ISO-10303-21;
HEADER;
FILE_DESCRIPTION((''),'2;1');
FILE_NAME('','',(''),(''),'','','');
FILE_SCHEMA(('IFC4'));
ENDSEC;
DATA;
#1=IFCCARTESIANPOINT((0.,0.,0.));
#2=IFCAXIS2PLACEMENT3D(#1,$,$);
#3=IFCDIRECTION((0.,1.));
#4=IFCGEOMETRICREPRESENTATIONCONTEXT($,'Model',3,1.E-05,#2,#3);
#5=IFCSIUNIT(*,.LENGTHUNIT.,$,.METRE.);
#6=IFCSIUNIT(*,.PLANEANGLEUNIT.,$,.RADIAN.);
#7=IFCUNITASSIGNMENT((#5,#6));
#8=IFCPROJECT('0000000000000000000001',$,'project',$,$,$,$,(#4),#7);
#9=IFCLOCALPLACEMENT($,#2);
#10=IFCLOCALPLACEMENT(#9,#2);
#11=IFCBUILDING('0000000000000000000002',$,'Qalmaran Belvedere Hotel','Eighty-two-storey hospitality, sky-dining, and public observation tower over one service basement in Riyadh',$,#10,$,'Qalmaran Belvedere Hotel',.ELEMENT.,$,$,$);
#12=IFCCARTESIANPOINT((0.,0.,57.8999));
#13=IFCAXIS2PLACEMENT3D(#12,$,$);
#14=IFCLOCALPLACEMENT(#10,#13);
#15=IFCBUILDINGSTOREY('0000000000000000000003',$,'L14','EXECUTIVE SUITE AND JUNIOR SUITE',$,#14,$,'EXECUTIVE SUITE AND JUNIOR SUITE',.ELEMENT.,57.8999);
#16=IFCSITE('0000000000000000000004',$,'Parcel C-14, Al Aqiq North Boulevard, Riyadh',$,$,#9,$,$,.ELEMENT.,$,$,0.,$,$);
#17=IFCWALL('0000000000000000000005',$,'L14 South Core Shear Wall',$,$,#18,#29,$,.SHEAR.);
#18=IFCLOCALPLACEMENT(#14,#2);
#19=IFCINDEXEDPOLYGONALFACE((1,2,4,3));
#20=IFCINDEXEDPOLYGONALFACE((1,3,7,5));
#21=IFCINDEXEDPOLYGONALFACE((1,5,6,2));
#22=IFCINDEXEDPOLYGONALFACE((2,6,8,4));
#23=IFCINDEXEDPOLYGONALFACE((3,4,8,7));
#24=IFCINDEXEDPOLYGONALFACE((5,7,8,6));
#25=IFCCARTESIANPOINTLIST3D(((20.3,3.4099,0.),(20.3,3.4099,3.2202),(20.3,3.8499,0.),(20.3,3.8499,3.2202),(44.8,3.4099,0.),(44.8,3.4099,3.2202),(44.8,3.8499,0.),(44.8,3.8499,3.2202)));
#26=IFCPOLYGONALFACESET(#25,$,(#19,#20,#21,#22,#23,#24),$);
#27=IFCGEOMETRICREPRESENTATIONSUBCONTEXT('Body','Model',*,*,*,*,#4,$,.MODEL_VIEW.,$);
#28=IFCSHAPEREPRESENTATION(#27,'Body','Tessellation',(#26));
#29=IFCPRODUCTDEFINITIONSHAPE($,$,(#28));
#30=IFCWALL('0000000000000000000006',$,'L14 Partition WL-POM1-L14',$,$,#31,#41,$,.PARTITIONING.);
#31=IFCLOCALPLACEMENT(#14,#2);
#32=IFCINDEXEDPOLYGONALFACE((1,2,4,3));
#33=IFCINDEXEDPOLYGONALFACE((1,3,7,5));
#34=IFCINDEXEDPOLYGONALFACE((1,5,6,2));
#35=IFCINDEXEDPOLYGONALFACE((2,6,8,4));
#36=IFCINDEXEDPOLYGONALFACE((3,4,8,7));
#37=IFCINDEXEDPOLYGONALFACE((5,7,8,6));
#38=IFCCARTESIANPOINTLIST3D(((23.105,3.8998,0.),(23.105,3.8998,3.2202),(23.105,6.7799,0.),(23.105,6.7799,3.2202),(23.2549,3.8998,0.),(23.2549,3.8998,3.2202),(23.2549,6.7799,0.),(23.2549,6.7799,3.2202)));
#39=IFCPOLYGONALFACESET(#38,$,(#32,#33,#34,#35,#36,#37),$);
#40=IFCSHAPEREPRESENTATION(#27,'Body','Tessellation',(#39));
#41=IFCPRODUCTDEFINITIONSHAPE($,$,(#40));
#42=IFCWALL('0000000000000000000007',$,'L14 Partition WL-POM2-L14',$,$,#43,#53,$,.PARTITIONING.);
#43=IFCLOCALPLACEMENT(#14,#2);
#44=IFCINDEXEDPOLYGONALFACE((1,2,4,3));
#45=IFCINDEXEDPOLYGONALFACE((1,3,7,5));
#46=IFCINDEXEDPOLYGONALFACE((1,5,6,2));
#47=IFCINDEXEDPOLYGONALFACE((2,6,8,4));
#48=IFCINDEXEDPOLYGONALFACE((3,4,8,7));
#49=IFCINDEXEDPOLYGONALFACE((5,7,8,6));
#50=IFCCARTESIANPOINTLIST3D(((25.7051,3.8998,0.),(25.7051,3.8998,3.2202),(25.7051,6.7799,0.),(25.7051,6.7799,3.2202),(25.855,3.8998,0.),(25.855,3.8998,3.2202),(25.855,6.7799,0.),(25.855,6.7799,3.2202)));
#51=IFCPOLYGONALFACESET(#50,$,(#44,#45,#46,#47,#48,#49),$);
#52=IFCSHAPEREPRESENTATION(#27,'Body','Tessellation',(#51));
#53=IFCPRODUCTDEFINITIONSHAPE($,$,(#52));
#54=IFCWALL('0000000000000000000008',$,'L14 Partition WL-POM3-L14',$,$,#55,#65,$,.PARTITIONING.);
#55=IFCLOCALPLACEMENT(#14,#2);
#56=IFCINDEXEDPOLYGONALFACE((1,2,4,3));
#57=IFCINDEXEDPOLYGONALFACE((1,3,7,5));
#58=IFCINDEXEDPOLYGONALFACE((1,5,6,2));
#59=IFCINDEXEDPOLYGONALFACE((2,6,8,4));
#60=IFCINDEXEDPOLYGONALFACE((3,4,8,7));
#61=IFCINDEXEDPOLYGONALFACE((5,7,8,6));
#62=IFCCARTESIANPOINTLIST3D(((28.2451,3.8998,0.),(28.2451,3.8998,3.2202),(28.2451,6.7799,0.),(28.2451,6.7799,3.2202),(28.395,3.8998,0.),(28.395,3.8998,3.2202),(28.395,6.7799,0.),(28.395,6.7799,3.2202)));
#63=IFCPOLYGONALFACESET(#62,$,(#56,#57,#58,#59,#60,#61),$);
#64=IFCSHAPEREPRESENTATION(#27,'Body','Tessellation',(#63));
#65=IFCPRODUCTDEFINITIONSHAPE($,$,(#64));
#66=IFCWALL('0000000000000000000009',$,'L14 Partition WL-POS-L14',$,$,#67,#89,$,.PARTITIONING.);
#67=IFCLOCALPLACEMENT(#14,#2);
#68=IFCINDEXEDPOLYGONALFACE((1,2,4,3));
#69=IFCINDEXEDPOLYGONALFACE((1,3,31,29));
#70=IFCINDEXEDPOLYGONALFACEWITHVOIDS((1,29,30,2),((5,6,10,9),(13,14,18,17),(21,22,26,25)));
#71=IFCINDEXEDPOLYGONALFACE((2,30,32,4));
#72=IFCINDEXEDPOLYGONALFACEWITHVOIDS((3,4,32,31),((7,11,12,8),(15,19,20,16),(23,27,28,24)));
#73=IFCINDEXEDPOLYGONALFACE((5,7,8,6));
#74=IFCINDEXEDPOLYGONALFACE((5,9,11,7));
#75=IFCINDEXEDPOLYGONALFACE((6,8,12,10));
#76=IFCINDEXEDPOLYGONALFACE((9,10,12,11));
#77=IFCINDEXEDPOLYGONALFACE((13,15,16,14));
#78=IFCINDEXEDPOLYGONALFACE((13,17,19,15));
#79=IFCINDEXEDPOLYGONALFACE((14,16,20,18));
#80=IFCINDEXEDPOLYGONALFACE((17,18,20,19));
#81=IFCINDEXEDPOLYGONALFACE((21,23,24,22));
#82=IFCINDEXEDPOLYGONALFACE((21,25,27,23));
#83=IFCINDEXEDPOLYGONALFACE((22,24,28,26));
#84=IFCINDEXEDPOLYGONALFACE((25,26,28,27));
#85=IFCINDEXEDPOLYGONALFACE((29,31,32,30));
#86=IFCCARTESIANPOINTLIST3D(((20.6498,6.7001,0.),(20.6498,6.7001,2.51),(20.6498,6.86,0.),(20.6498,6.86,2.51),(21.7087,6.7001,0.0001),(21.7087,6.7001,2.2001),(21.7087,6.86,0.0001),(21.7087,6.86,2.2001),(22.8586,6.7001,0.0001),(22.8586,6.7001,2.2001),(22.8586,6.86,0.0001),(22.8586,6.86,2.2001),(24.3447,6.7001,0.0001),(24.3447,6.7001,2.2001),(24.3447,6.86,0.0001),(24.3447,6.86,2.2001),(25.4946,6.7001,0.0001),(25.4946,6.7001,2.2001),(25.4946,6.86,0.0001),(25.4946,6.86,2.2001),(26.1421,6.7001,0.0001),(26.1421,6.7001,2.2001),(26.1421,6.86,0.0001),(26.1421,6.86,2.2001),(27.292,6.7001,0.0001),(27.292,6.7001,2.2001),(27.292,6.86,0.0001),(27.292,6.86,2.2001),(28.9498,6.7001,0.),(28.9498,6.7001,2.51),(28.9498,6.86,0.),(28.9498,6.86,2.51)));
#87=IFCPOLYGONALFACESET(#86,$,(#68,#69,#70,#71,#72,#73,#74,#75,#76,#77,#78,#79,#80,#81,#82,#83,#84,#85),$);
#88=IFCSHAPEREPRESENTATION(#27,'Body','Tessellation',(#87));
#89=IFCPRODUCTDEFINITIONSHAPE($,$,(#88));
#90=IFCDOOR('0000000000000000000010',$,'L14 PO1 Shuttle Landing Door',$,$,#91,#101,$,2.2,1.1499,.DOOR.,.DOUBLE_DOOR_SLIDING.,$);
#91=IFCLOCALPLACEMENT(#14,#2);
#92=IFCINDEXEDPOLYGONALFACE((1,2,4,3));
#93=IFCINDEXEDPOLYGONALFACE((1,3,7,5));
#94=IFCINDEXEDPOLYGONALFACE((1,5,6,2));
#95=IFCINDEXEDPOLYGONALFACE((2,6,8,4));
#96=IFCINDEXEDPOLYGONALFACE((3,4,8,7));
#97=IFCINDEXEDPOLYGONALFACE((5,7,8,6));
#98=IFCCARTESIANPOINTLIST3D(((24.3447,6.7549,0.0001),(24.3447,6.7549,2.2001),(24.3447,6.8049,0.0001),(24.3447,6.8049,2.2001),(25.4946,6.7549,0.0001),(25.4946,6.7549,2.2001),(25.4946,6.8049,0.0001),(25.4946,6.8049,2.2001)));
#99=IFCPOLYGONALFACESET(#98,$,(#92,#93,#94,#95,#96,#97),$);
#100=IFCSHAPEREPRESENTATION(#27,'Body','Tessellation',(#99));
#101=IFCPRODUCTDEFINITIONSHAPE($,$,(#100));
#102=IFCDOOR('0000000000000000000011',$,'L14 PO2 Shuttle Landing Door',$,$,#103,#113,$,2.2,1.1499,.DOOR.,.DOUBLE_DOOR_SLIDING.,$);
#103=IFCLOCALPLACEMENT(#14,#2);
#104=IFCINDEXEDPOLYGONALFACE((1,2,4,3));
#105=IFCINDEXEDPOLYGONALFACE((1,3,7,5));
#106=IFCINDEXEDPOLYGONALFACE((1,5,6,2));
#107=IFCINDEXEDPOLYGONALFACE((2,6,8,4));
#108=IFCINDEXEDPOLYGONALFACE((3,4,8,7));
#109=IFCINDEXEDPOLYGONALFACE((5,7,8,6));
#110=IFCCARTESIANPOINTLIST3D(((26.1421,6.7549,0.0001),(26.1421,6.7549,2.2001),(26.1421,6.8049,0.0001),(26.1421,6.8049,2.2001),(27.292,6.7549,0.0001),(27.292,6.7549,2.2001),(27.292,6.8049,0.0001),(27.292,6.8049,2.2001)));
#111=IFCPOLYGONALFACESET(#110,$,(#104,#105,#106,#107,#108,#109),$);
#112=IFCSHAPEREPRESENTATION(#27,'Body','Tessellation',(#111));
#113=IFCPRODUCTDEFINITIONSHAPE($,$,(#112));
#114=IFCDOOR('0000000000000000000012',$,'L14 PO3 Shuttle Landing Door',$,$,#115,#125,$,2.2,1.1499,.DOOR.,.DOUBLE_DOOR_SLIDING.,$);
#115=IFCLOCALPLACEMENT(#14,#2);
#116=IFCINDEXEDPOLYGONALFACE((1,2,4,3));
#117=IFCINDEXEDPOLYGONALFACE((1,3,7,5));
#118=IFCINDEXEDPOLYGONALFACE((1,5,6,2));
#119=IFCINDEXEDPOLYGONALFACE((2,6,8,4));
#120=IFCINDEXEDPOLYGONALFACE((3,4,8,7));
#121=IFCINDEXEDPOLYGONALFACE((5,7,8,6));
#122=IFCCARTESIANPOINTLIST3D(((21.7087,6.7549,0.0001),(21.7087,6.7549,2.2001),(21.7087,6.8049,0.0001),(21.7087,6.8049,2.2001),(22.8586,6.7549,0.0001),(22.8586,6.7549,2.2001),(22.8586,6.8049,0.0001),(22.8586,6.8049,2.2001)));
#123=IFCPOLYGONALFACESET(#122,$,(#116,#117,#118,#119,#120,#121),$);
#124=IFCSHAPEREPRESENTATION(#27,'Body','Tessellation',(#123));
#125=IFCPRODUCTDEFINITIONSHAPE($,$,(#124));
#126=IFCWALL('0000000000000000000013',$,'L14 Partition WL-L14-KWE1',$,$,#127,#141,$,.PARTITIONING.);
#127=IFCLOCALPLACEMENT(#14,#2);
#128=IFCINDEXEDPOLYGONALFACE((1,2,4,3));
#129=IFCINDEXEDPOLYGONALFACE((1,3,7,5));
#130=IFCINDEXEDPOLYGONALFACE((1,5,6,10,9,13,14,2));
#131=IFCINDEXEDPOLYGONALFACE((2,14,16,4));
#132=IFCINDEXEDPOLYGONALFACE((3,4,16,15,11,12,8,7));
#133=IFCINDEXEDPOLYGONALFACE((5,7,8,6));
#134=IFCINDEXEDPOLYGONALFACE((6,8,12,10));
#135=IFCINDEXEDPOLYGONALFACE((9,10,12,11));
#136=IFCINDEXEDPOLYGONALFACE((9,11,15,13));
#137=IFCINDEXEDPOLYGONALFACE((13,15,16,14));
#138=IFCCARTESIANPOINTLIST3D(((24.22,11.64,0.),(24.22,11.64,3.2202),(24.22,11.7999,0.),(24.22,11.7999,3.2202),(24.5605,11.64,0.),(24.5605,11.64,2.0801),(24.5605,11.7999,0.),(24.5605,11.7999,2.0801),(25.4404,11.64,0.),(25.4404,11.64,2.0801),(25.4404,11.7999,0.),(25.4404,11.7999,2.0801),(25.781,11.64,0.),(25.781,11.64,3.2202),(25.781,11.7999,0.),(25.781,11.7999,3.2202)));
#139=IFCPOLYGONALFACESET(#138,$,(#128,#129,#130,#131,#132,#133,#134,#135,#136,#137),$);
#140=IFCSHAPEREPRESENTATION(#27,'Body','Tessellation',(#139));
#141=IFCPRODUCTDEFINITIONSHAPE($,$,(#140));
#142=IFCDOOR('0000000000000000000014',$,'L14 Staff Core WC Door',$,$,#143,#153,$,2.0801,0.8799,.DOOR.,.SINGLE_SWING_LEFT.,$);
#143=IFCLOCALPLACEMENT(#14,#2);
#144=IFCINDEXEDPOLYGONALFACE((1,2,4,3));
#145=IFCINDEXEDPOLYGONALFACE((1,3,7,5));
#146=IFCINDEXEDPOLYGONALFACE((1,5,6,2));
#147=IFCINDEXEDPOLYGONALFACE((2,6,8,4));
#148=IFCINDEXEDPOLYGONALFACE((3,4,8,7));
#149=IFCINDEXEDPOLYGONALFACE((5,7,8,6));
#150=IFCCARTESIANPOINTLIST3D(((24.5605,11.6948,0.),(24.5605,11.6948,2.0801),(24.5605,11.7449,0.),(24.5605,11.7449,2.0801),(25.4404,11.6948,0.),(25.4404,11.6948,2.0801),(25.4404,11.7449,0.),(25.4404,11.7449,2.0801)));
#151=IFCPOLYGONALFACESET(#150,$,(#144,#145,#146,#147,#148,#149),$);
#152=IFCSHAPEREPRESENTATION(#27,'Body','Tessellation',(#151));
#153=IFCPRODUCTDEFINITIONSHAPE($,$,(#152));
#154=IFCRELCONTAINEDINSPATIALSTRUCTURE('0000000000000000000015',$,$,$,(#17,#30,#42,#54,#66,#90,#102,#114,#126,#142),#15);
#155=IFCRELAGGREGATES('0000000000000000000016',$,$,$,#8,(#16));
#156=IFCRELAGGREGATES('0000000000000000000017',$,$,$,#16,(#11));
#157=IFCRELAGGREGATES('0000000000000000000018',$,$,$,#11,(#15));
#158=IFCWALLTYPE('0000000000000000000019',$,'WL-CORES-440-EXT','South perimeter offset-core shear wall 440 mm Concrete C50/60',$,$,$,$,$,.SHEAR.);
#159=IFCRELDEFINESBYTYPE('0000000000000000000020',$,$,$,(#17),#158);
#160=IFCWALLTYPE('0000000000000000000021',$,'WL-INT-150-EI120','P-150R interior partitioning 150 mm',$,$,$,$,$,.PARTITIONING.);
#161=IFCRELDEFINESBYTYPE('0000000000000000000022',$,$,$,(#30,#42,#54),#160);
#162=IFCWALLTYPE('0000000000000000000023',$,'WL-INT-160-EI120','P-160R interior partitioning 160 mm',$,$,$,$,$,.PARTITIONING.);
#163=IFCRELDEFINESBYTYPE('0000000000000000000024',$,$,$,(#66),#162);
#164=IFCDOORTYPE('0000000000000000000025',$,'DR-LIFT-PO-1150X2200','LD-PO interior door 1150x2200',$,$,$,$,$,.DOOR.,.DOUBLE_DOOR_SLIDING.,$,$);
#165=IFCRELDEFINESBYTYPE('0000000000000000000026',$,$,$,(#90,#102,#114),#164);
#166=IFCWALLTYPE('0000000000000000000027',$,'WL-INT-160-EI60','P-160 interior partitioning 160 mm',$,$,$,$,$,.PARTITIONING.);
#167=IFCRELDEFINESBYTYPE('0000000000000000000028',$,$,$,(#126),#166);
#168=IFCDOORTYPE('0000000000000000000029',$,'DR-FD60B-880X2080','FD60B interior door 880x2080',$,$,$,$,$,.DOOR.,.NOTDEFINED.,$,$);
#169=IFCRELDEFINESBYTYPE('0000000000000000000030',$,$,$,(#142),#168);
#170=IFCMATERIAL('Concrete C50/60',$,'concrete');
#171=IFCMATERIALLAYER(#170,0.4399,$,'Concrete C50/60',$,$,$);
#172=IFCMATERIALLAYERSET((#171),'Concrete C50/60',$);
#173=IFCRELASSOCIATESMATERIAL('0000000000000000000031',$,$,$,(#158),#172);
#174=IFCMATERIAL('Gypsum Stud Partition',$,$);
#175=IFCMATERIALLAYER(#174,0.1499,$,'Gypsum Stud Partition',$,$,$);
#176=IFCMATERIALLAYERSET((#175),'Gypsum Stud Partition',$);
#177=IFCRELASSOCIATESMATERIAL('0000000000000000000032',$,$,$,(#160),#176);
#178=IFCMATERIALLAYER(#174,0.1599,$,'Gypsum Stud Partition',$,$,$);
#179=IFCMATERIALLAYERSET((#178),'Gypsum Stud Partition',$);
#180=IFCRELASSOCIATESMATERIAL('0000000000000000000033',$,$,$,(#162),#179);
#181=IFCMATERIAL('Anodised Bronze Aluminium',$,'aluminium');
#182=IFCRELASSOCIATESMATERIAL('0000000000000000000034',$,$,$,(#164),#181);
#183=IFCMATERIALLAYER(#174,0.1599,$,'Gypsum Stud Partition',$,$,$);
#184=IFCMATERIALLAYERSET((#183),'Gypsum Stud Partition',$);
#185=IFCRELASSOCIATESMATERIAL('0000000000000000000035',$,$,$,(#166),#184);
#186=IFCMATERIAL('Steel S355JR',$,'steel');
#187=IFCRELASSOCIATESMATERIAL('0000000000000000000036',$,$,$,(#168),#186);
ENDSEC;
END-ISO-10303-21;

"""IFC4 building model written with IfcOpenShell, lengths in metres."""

from ifc_helpers import new_model, si_unit, direction, frame, frame_2d, origin, place, context, subcontext, project, spatial, rectangle, extrude, material, layer, layer_set, type_object, element, fill, save


model = new_model("IFC4")

# Units and contexts
model_context = context("Model", 3, precision=1e-05, world=origin(), true_north=direction((0.0, 1.0)))
body_context = subcontext(model_context, "Body", "Model", "MODEL_VIEW")
ifc_project = project(units=[si_unit("LENGTHUNIT", "METRE"), si_unit("PLANEANGLEUNIT", "RADIAN")], contexts=[model_context])

# Site, building, storey
site_placement = place(None, origin())
site = spatial("IfcSite", under=ifc_project, at=site_placement, Name="Parcel C-14, Al Aqiq North Boulevard, Riyadh", CompositionType="ELEMENT", RefElevation=0.0)
building_placement = place(site_placement, origin())
building = spatial("IfcBuilding", under=site, at=building_placement, Name="Qalmaran Belvedere Hotel", Description="Eighty-two-storey hospitality, sky-dining, and public observation tower over one service basement in Riyadh", LongName="Qalmaran Belvedere Hotel", CompositionType="ELEMENT")
storey_placement = place(building_placement, frame((0.0, 0.0, 57.8999)))
storey = spatial("IfcBuildingStorey", under=building, at=storey_placement, Name="L14", Description="EXECUTIVE SUITE AND JUNIOR SUITE", LongName="EXECUTIVE SUITE AND JUNIOR SUITE", CompositionType="ELEMENT", Elevation=57.8999)

# Shared definitions
ifc_material_1 = material(Name="Steel S355JR", Category="steel")

# Shared definitions
ifc_material_2 = material(Name="Anodised Bronze Aluminium", Category="aluminium")

# Walls
ifc_material_3 = material(Name="Concrete C50/60", Category="concrete")
ifc_layer_1 = layer(ifc_material_3, 0.4399, Name="Concrete C50/60")
ifc_layer_set_1 = layer_set([ifc_layer_1], Name="Concrete C50/60")
wall_type_1 = type_object("IfcWallType", Name="WL-CORES-440-EXT", Description="South perimeter offset-core shear wall 440 mm Concrete C50/60", PredefinedType="SHEAR", material=ifc_layer_set_1)
wall_1_placement = place(storey_placement, frame((20.3, 3.6299, 0.0), z_axis=(0.0, 0.0, 1.0), x_axis=(1.0, 0.0, 0.0)))
element("IfcWall", 1, at=wall_1_placement, inside=storey, type_object=wall_type_1, Name="L14 South Core Shear Wall", PredefinedType="SHEAR", context=body_context, shape_type="SweptSolid", body=[
    extrude(rectangle(XDim=24.5, YDim=0.4399, at=frame_2d((12.25, 0.0))), origin(), (0.0, 0.0, 1.0), 3.2202),
])
ifc_material_4 = material(Name="Gypsum Stud Partition")
ifc_layer_2 = layer(ifc_material_4, 0.1499, Name="Gypsum Stud Partition")
ifc_layer_set_2 = layer_set([ifc_layer_2], Name="Gypsum Stud Partition")
wall_type_2 = type_object("IfcWallType", Name="WL-INT-150-EI120", Description="P-150R interior partitioning 150 mm", PredefinedType="PARTITIONING", material=ifc_layer_set_2)
for number, where, z_axis, x_axis, name in (
    (2, (23.1799, 3.8999, 0.0), (0.0, 0.0, 1.0), (0.0, 1.0, 0.0), "L14 Partition WL-POM1-L14"),
    (3, (25.78, 3.8999, 0.0), (0.0, 0.0, 1.0), (0.0, 1.0, 0.0), "L14 Partition WL-POM2-L14"),
    (4, (28.3201, 3.8999, 0.0), (0.0, 0.0, 1.0), (0.0, 1.0, 0.0), "L14 Partition WL-POM3-L14"),
):
    element("IfcWall", number, at=place(storey_placement, frame(where, z_axis=z_axis, x_axis=x_axis)), inside=storey, type_object=wall_type_2, Name=name, PredefinedType="PARTITIONING", context=body_context, shape_type="SweptSolid", body=[
        extrude(rectangle(XDim=2.8801, YDim=0.1499, at=frame_2d((1.4399, 0.0))), origin(), (0.0, 0.0, 1.0), 3.2202),
    ])

# Wall, openings, doors
ifc_layer_3 = layer(ifc_material_4, 0.1599, Name="Gypsum Stud Partition")
ifc_layer_set_3 = layer_set([ifc_layer_3], Name="Gypsum Stud Partition")
wall_type_3 = type_object("IfcWallType", Name="WL-INT-160-EI120", Description="P-160R interior partitioning 160 mm", PredefinedType="PARTITIONING", material=ifc_layer_set_3)
wall_2_placement = place(storey_placement, frame((20.6499, 6.78, 0.0), z_axis=(0.0, 0.0, 1.0), x_axis=(1.0, 0.0, 0.0)))
wall_2 = element("IfcWall", 5, at=wall_2_placement, inside=storey, type_object=wall_type_3, Name="L14 Partition WL-POS-L14", PredefinedType="PARTITIONING", context=body_context, shape_type="SweptSolid", body=[
    extrude(rectangle(XDim=8.3, YDim=0.1599, at=frame_2d((4.1499, 0.0))), origin(), (0.0, 0.0, 1.0), 2.51),
])
opening_1_placement = place(wall_2_placement, frame((3.6948, 0.0, 0.0)))
opening_1 = element("IfcOpeningElement", 6, at=opening_1_placement, cuts=wall_2, PredefinedType="OPENING", context=body_context, shape_type="SweptSolid", body=[
    extrude(rectangle(XDim=1.1499, YDim=2.2, at=frame_2d((0.575, 1.1001))), frame((0.0, 0.0898, 0.0), z_axis=(0.0, -1.0, 0.0), x_axis=(1.0, 0.0, 0.0)), (0.0, 0.0, 1.0), 0.1799),
])
opening_2_placement = place(wall_2_placement, frame((5.4922, 0.0, 0.0)))
opening_2 = element("IfcOpeningElement", 7, at=opening_2_placement, cuts=wall_2, PredefinedType="OPENING", context=body_context, shape_type="SweptSolid", body=[
    extrude(rectangle(XDim=1.1499, YDim=2.2, at=frame_2d((0.575, 1.1001))), frame((0.0, 0.0898, 0.0), z_axis=(0.0, -1.0, 0.0), x_axis=(1.0, 0.0, 0.0)), (0.0, 0.0, 1.0), 0.1799),
])
opening_3_placement = place(wall_2_placement, frame((1.0588, 0.0, 0.0)))
opening_3 = element("IfcOpeningElement", 8, at=opening_3_placement, cuts=wall_2, PredefinedType="OPENING", context=body_context, shape_type="SweptSolid", body=[
    extrude(rectangle(XDim=1.1499, YDim=2.2, at=frame_2d((0.575, 1.1001))), frame((0.0, 0.0898, 0.0), z_axis=(0.0, -1.0, 0.0), x_axis=(1.0, 0.0, 0.0)), (0.0, 0.0, 1.0), 0.1799),
])
door_type_1 = type_object("IfcDoorType", Name="DR-LIFT-PO-1150X2200", Description="LD-PO interior door 1150x2200", OperationType="DOUBLE_DOOR_SLIDING", PredefinedType="DOOR", material=ifc_material_2)
door_1_placement = place(opening_1_placement, origin())
door_1 = element("IfcDoor", 9, at=door_1_placement, inside=storey, type_object=door_type_1, Name="L14 PO1 Shuttle Landing Door", OperationType="DOUBLE_DOOR_SLIDING", OverallHeight=2.2, OverallWidth=1.1499, PredefinedType="DOOR", context=body_context, shape_type="SweptSolid", body=[
    extrude(rectangle(XDim=1.1499, YDim=2.2, at=frame_2d((0.575, 1.1001))), frame((0.0, 0.0249, 0.0), z_axis=(0.0, -1.0, 0.0), x_axis=(1.0, 0.0, 0.0)), (0.0, 0.0, 1.0), 0.05),
])
fill(opening_1, door_1)
door_2_placement = place(opening_2_placement, origin())
door_2 = element("IfcDoor", 10, at=door_2_placement, inside=storey, type_object=door_type_1, Name="L14 PO2 Shuttle Landing Door", OperationType="DOUBLE_DOOR_SLIDING", OverallHeight=2.2, OverallWidth=1.1499, PredefinedType="DOOR", context=body_context, shape_type="SweptSolid", body=[
    extrude(rectangle(XDim=1.1499, YDim=2.2, at=frame_2d((0.575, 1.1001))), frame((0.0, 0.0249, 0.0), z_axis=(0.0, -1.0, 0.0), x_axis=(1.0, 0.0, 0.0)), (0.0, 0.0, 1.0), 0.05),
])
fill(opening_2, door_2)
door_3_placement = place(opening_3_placement, origin())
door_3 = element("IfcDoor", 11, at=door_3_placement, inside=storey, type_object=door_type_1, Name="L14 PO3 Shuttle Landing Door", OperationType="DOUBLE_DOOR_SLIDING", OverallHeight=2.2, OverallWidth=1.1499, PredefinedType="DOOR", context=body_context, shape_type="SweptSolid", body=[
    extrude(rectangle(XDim=1.1499, YDim=2.2, at=frame_2d((0.575, 1.1001))), frame((0.0, 0.0249, 0.0), z_axis=(0.0, -1.0, 0.0), x_axis=(1.0, 0.0, 0.0)), (0.0, 0.0, 1.0), 0.05),
])
fill(opening_3, door_3)

# Wall, opening, door
ifc_layer_4 = layer(ifc_material_4, 0.1599, Name="Gypsum Stud Partition")
ifc_layer_set_4 = layer_set([ifc_layer_4], Name="Gypsum Stud Partition")
wall_type_4 = type_object("IfcWallType", Name="WL-INT-160-EI60", Description="P-160 interior partitioning 160 mm", PredefinedType="PARTITIONING", material=ifc_layer_set_4)
wall_3_placement = place(storey_placement, frame((24.22, 11.72, 0.0), z_axis=(0.0, 0.0, 1.0), x_axis=(1.0, 0.0, 0.0)))
wall_3 = element("IfcWall", 12, at=wall_3_placement, inside=storey, type_object=wall_type_4, Name="L14 Partition WL-L14-KWE1", PredefinedType="PARTITIONING", context=body_context, shape_type="SweptSolid", body=[
    extrude(rectangle(XDim=1.561, YDim=0.1599, at=frame_2d((0.7805, 0.0))), origin(), (0.0, 0.0, 1.0), 3.2202),
])
opening_4_placement = place(wall_3_placement, frame((0.3406, 0.0, 0.0)))
opening_4 = element("IfcOpeningElement", 13, at=opening_4_placement, cuts=wall_3, PredefinedType="OPENING", context=body_context, shape_type="SweptSolid", body=[
    extrude(rectangle(XDim=0.8799, YDim=2.0801, at=frame_2d((0.4399, 1.04))), frame((0.0, 0.0898, 0.0), z_axis=(0.0, -1.0, 0.0), x_axis=(1.0, 0.0, 0.0)), (0.0, 0.0, 1.0), 0.1799),
])
door_type_2 = type_object("IfcDoorType", Name="DR-FD60B-880X2080", Description="FD60B interior door 880x2080", OperationType="NOTDEFINED", PredefinedType="DOOR", material=ifc_material_1)
door_4_placement = place(opening_4_placement, origin())
door_4 = element("IfcDoor", 14, at=door_4_placement, inside=storey, type_object=door_type_2, Name="L14 Staff Core WC Door", OperationType="SINGLE_SWING_LEFT", OverallHeight=2.0801, OverallWidth=0.8799, PredefinedType="DOOR", context=body_context, shape_type="SweptSolid", body=[
    extrude(rectangle(XDim=0.8799, YDim=2.0801, at=frame_2d((0.4399, 1.04))), frame((0.0, 0.0249, 0.0), z_axis=(0.0, -1.0, 0.0), x_axis=(1.0, 0.0, 0.0)), (0.0, 0.0, 1.0), 0.05),
])
fill(opening_4, door_4)

save(model, "model.ifc")
